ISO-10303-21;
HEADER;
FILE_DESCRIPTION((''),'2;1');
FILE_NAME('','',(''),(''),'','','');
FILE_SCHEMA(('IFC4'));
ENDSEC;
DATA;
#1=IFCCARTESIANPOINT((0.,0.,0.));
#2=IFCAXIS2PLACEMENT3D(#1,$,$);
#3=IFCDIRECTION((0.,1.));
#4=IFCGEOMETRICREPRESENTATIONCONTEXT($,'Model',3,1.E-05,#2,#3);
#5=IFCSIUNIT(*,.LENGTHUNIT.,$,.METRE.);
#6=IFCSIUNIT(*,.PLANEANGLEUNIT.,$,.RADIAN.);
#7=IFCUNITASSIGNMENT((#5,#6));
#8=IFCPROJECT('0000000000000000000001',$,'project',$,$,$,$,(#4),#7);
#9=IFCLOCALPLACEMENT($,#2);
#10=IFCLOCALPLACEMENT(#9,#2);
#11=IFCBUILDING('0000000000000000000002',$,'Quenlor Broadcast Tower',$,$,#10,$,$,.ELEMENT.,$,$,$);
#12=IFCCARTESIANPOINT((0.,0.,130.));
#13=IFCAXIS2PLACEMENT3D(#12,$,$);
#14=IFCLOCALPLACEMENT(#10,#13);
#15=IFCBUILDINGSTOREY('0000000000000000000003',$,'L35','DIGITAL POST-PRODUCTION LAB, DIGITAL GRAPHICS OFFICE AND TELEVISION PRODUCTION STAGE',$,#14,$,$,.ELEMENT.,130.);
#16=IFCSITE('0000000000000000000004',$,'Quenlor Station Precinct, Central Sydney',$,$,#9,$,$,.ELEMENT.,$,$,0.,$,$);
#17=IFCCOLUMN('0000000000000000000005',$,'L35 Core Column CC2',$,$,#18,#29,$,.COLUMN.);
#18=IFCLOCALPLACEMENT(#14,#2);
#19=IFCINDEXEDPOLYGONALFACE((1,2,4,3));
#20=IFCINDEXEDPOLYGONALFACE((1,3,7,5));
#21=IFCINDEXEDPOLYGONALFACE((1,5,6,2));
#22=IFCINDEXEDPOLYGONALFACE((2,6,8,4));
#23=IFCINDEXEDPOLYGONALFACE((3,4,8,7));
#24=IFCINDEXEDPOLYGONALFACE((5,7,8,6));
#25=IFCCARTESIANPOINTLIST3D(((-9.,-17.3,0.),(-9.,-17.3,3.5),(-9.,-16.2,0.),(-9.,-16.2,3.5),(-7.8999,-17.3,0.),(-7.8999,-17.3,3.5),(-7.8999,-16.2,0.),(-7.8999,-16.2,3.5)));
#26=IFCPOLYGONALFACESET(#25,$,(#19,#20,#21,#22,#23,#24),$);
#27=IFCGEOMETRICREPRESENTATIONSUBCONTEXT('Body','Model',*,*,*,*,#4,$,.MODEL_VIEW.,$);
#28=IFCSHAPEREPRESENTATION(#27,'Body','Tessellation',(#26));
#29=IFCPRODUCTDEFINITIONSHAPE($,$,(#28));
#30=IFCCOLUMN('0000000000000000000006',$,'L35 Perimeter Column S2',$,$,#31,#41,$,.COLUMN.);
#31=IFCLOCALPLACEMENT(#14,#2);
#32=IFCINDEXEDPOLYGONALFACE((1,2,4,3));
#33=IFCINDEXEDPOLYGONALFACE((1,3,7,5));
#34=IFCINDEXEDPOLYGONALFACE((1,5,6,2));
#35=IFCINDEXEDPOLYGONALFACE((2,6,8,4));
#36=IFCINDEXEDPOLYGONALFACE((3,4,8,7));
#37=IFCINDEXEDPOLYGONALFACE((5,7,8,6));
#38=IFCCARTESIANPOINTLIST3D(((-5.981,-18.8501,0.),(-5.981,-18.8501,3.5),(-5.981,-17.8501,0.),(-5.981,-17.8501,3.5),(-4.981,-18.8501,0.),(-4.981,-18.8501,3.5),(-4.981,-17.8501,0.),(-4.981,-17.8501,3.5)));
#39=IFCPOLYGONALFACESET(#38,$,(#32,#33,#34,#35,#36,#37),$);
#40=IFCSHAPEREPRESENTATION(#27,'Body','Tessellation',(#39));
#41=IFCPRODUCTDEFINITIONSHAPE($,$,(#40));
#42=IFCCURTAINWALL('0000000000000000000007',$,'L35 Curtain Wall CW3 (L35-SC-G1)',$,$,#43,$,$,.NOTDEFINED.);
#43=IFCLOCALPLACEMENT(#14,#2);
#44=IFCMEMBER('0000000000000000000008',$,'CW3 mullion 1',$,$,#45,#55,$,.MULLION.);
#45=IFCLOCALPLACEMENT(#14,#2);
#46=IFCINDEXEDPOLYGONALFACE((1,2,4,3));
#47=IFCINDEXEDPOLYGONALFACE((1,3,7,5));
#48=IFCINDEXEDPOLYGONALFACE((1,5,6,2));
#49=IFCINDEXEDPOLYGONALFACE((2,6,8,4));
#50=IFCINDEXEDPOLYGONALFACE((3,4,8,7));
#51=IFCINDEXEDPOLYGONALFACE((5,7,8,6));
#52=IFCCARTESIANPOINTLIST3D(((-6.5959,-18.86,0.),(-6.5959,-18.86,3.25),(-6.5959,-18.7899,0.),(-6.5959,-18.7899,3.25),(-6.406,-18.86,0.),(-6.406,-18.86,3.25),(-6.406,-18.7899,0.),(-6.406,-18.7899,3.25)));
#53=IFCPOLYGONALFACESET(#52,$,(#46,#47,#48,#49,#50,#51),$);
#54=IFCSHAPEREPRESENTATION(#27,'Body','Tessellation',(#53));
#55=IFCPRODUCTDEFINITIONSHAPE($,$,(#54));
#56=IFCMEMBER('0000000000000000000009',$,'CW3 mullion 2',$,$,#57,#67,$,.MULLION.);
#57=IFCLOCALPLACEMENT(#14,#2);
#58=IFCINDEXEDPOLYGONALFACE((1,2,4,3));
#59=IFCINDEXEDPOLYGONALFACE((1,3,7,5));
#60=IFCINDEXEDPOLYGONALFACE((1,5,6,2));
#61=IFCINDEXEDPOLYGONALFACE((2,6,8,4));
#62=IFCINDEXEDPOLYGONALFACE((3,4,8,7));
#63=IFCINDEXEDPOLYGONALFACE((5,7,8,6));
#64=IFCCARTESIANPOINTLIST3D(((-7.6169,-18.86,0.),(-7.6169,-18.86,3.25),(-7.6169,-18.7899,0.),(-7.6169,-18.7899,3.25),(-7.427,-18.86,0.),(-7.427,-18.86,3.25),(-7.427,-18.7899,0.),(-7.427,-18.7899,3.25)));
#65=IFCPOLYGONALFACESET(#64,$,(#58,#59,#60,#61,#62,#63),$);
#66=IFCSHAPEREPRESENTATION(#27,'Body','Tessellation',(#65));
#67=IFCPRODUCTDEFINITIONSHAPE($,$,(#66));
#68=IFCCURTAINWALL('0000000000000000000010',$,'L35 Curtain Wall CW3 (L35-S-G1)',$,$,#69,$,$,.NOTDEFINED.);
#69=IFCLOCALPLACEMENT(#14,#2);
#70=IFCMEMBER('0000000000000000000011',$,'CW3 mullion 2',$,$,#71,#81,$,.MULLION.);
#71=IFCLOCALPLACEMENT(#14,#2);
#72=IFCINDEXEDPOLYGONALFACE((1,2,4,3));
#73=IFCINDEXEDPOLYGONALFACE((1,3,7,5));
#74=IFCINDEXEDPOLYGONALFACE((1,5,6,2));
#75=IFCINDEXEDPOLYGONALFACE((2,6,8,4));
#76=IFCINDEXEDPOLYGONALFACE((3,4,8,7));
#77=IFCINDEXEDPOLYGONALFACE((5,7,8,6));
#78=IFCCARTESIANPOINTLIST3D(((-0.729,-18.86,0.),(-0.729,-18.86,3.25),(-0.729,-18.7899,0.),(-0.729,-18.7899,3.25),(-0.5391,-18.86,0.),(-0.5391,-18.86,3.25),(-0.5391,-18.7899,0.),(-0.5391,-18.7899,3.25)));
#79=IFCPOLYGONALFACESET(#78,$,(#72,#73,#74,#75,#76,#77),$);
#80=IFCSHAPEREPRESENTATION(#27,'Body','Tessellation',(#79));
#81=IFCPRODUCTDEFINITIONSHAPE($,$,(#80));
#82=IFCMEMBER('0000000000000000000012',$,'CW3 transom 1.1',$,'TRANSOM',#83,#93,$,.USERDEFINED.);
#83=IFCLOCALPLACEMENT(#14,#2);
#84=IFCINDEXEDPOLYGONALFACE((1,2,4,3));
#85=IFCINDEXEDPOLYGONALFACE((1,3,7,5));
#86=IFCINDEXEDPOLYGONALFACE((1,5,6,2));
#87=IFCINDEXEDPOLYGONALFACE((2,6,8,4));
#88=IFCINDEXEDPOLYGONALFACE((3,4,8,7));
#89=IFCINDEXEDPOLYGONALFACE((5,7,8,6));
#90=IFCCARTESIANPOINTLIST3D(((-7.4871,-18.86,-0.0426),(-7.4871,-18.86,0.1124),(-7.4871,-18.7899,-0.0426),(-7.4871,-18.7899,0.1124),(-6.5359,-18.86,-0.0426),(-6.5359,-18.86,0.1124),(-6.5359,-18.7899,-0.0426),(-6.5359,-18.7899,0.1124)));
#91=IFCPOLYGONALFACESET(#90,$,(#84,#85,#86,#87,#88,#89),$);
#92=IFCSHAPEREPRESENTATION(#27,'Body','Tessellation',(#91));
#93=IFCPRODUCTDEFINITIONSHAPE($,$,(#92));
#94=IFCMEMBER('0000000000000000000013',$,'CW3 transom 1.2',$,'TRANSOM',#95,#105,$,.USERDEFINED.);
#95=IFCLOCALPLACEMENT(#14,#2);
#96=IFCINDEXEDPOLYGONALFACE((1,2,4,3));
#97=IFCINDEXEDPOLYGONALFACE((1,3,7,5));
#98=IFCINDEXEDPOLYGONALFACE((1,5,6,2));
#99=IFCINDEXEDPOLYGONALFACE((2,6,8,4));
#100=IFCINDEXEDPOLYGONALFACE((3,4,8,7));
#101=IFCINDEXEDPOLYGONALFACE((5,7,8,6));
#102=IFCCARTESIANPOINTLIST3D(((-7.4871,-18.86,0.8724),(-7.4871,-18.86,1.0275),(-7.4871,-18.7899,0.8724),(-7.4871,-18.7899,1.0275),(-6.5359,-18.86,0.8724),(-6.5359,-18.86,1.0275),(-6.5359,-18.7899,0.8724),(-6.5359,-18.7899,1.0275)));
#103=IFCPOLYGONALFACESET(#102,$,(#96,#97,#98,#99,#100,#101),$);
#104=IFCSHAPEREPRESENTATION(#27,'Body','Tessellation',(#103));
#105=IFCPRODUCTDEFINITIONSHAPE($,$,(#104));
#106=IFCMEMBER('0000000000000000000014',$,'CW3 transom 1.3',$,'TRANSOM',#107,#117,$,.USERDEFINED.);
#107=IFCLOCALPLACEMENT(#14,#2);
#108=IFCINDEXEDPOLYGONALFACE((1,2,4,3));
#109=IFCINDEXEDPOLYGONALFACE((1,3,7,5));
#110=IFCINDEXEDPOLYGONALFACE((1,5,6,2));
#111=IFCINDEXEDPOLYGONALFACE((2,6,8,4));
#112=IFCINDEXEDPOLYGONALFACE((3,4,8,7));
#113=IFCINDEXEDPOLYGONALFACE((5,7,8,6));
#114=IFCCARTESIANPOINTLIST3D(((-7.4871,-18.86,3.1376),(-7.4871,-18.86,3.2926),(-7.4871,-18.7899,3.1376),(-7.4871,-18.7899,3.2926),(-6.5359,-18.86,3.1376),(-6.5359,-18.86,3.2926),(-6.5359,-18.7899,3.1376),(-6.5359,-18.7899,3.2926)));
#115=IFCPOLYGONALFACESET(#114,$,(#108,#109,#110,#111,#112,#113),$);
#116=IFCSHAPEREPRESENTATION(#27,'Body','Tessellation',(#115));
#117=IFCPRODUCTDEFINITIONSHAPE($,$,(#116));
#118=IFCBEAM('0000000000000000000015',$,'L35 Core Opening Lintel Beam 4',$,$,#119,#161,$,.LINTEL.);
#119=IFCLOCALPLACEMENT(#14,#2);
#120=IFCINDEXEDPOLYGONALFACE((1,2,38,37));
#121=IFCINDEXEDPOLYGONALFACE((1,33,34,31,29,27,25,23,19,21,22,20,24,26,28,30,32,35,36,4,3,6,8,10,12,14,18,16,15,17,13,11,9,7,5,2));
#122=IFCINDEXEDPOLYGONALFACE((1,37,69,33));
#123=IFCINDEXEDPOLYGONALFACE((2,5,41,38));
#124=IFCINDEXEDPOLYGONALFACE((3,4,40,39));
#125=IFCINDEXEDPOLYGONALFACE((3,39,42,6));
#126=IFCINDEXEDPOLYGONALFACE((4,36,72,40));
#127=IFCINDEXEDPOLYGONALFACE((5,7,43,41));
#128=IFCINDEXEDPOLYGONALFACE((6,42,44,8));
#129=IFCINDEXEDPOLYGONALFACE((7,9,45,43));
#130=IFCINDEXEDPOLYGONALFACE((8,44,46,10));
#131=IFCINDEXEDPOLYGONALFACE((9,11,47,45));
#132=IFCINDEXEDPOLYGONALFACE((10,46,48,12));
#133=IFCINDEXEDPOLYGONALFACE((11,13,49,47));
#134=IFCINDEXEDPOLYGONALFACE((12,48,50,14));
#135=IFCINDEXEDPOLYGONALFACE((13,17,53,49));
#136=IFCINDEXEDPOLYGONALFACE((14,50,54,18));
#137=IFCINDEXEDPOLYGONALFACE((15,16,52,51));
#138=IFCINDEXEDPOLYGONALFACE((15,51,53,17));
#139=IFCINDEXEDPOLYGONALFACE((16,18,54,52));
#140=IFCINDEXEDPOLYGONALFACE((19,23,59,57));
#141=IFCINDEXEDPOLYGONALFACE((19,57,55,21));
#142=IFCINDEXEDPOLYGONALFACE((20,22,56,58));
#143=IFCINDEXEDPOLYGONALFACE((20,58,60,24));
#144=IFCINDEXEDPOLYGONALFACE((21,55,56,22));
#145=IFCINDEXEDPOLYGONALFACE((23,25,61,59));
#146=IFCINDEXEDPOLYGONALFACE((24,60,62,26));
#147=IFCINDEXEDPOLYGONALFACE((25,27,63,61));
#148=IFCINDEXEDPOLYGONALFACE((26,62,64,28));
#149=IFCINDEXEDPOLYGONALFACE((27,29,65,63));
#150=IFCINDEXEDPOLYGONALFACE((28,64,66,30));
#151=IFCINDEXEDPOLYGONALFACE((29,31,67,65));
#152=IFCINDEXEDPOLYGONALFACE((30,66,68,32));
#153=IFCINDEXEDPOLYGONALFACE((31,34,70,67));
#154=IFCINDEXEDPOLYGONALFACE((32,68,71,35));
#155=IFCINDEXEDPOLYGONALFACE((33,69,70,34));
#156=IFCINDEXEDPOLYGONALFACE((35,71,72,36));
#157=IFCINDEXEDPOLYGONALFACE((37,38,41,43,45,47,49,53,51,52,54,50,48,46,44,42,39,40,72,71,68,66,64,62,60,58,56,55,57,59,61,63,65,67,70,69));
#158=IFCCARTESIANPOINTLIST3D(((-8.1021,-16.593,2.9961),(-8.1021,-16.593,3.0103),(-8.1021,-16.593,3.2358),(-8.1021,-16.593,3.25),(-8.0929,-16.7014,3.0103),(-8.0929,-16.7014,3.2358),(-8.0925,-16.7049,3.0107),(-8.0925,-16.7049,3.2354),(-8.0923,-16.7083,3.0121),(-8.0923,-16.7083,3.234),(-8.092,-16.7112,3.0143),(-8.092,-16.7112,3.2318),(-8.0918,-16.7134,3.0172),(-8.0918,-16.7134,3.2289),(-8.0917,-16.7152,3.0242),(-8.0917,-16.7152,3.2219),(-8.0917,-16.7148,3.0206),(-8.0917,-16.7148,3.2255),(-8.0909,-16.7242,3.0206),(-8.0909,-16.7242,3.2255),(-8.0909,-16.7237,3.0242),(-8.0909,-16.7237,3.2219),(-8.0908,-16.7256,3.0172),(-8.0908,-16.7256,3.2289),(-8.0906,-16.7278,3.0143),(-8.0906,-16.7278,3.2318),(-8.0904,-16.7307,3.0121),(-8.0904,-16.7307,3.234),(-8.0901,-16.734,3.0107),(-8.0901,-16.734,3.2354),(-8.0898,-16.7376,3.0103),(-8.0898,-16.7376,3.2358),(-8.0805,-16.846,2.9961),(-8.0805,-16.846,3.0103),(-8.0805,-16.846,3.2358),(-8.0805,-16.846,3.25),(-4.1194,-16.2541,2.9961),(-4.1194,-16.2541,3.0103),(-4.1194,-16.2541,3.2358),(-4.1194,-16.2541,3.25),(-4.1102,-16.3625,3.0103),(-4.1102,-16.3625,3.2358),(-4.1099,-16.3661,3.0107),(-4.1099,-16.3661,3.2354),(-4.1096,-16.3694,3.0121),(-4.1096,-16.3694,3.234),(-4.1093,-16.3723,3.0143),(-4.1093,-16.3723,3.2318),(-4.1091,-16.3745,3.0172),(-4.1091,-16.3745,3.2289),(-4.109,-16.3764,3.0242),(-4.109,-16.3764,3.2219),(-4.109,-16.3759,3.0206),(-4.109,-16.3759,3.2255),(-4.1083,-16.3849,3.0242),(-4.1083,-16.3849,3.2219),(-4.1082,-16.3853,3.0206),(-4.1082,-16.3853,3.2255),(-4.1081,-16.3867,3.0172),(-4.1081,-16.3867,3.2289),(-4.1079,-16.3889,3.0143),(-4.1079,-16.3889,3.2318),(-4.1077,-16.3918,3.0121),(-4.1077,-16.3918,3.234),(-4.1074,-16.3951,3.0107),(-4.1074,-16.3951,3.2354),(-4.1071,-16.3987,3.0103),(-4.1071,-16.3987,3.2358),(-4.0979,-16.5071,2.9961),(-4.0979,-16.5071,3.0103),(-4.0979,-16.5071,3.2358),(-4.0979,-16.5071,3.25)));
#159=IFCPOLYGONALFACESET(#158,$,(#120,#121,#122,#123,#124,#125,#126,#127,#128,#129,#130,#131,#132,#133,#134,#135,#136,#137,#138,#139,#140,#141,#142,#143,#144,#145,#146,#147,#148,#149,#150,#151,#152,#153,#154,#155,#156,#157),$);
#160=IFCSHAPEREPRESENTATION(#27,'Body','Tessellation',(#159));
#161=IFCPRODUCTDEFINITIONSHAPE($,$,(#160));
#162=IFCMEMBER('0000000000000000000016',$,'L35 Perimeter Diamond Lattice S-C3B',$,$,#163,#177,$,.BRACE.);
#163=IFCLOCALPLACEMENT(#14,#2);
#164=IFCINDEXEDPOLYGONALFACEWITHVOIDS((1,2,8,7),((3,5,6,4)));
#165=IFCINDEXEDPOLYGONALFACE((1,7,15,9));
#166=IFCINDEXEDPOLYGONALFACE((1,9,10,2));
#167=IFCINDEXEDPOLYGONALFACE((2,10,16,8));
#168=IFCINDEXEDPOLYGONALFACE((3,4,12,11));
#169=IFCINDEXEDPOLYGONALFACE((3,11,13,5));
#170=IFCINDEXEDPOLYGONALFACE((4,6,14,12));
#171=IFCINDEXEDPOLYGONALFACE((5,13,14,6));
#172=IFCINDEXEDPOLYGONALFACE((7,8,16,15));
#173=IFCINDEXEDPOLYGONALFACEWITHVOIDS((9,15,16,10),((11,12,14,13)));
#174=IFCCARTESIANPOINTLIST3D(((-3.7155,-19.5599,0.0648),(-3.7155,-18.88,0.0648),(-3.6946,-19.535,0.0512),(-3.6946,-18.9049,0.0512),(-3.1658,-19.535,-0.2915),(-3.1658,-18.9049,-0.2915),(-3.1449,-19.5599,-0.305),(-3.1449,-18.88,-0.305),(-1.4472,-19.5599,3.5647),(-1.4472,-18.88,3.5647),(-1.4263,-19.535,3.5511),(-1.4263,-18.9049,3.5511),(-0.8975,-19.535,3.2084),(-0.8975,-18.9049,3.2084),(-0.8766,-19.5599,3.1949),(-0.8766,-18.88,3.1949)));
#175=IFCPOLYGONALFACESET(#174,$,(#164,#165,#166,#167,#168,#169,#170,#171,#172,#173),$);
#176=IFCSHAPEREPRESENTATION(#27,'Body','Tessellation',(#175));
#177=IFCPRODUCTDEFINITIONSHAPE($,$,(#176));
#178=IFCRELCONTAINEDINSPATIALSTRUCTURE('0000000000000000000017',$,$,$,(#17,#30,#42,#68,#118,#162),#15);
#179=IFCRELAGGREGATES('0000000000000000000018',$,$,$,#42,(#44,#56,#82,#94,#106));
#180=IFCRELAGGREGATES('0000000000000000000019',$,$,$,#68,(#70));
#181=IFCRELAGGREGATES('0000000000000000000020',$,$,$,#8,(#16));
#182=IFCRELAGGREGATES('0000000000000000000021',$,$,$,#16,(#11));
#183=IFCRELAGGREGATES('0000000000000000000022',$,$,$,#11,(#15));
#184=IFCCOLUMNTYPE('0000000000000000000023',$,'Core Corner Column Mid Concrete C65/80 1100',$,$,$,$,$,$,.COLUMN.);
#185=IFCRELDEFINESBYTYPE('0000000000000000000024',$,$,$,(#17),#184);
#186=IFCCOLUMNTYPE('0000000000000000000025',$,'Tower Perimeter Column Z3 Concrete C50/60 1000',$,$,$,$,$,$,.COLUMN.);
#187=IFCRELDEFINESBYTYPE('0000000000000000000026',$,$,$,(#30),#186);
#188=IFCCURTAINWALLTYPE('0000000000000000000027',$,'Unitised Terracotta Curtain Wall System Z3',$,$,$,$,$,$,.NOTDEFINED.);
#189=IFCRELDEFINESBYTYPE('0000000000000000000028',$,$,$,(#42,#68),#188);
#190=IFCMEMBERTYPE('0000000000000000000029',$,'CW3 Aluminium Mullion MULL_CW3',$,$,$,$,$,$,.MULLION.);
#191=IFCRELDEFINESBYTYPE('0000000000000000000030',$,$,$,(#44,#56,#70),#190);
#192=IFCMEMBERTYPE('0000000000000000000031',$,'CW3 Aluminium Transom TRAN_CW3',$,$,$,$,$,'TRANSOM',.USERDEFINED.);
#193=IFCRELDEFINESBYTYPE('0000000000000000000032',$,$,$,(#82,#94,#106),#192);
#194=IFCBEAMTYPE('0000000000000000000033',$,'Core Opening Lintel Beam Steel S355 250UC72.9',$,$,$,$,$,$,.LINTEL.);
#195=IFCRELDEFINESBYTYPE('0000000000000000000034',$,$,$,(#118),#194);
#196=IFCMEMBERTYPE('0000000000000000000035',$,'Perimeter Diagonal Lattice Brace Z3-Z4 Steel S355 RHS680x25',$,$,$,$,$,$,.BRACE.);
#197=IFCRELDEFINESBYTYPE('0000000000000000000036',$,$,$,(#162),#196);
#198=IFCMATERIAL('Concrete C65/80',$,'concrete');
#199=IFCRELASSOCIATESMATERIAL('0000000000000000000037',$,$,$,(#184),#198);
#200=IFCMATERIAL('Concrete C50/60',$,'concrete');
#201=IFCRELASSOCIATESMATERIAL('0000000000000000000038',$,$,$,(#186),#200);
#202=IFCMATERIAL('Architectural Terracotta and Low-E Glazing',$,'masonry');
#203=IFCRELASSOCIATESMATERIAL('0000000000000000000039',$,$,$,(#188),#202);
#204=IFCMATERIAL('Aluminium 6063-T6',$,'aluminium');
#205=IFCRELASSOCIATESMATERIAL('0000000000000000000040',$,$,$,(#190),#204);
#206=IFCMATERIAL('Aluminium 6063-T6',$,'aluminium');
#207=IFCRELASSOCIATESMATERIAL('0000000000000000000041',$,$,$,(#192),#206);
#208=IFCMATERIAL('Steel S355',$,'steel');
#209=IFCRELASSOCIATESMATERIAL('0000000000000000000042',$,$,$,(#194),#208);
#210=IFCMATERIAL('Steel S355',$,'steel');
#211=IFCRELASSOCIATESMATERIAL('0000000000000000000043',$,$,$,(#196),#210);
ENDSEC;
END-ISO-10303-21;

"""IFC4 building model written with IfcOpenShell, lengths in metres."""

from ifc_helpers import new_model, si_unit, direction, frame, origin, origin_2d, place, context, subcontext, project, spatial, rectangle, hollow_rectangle, i_section, extrude, material, material_profile, profile_set, type_object, element, aggregate, save


model = new_model("IFC4")

# Units and contexts
model_context = context("Model", 3, precision=1e-05, world=origin(), true_north=direction((0.0, 1.0)))
body_context = subcontext(model_context, "Body", "Model", "MODEL_VIEW")
ifc_project = project(units=[si_unit("LENGTHUNIT", "METRE"), si_unit("PLANEANGLEUNIT", "RADIAN")], contexts=[model_context])

# Site, building, storey
site_placement = place(None, origin())
site = spatial("IfcSite", under=ifc_project, at=site_placement, Name="Quenlor Station Precinct, Central Sydney", CompositionType="ELEMENT", RefElevation=0.0)
building_placement = place(site_placement, origin())
building = spatial("IfcBuilding", under=site, at=building_placement, Name="Quenlor Broadcast Tower", CompositionType="ELEMENT")
storey_placement = place(building_placement, frame((0.0, 0.0, 130.0)))
storey = spatial("IfcBuildingStorey", under=building, at=storey_placement, Name="L35", Description="DIGITAL POST-PRODUCTION LAB, DIGITAL GRAPHICS OFFICE AND TELEVISION PRODUCTION STAGE", CompositionType="ELEMENT", Elevation=130.0)

# Columns
ifc_material_1 = material(Name="Concrete C65/80", Category="concrete")
ifc_material_profile_1 = material_profile(ifc_material_1, rectangle(XDim=1.1001, YDim=1.1001, at=origin_2d()))
ifc_profile_set_1 = profile_set([ifc_material_profile_1], Name="Concrete C65/80 RC1100x1100")
column_type_1 = type_object("IfcColumnType", Name="Core Corner Column Mid Concrete C65/80 1100", PredefinedType="COLUMN", material=ifc_profile_set_1)
column_1_placement = place(storey_placement, frame((-8.45, -16.75, 0.0), z_axis=(0.0, 0.0, 1.0), x_axis=(1.0, 0.0, 0.0)))
element("IfcColumn", 1, at=column_1_placement, inside=storey, type_object=column_type_1, Name="L35 Core Column CC2", PredefinedType="COLUMN", context=body_context, shape_type="SweptSolid", body=[
    extrude(rectangle(XDim=1.1001, YDim=1.1001, at=origin_2d()), origin(), (0.0, 0.0, 1.0), 3.5),
])
ifc_material_2 = material(Name="Concrete C50/60", Category="concrete")
ifc_material_profile_2 = material_profile(ifc_material_2, rectangle(XDim=1.0, YDim=1.0, at=origin_2d()))
ifc_profile_set_2 = profile_set([ifc_material_profile_2], Name="Concrete C50/60 RC1000x1000")
column_type_2 = type_object("IfcColumnType", Name="Tower Perimeter Column Z3 Concrete C50/60 1000", PredefinedType="COLUMN", material=ifc_profile_set_2)
column_2_placement = place(storey_placement, frame((-5.481, -18.3501, 0.0), z_axis=(0.0, 0.0, 1.0), x_axis=(0.0, 1.0, 0.0)))
element("IfcColumn", 2, at=column_2_placement, inside=storey, type_object=column_type_2, Name="L35 Perimeter Column S2", PredefinedType="COLUMN", context=body_context, shape_type="SweptSolid", body=[
    extrude(rectangle(XDim=1.0, YDim=1.0, at=origin_2d()), origin(), (0.0, 0.0, 1.0), 3.5),
])

# Curtain wall, members
ifc_material_3 = material(Name="Architectural Terracotta and Low-E Glazing", Category="masonry")
curtain_wall_type = type_object("IfcCurtainWallType", Name="Unitised Terracotta Curtain Wall System Z3", PredefinedType="NOTDEFINED", material=ifc_material_3)
curtain_wall_1_placement = place(storey_placement, origin())
curtain_wall_1 = element("IfcCurtainWall", 3, at=curtain_wall_1_placement, inside=storey, type_object=curtain_wall_type, Name="L35 Curtain Wall CW3 (L35-SC-G1)", PredefinedType="NOTDEFINED")
ifc_material_4 = material(Name="Aluminium 6063-T6", Category="aluminium")
ifc_material_profile_3 = material_profile(ifc_material_4, rectangle(XDim=0.0701, YDim=0.1899, at=origin_2d()))
ifc_profile_set_3 = profile_set([ifc_material_profile_3], Name="Aluminium 6063-T6 MULL70x190")
member_type_1 = type_object("IfcMemberType", Name="CW3 Aluminium Mullion MULL_CW3", PredefinedType="MULLION", material=ifc_profile_set_3)
member_1_placement = place(storey_placement, frame((-6.501, -18.825, 0.0), z_axis=(0.0, 0.0, 1.0), x_axis=(0.0, -1.0, 0.0)))
member_1 = element("IfcMember", 4, at=member_1_placement, type_object=member_type_1, Name="CW3 mullion 1", PredefinedType="MULLION", context=body_context, shape_type="SweptSolid", body=[
    extrude(rectangle(XDim=0.0701, YDim=0.1899, at=origin_2d()), origin(), (0.0, 0.0, 1.0), 3.25),
])
member_2_placement = place(storey_placement, frame((-7.522, -18.825, 0.0), z_axis=(0.0, 0.0, 1.0), x_axis=(0.0, -1.0, 0.0)))
member_2 = element("IfcMember", 5, at=member_2_placement, type_object=member_type_1, Name="CW3 mullion 2", PredefinedType="MULLION", context=body_context, shape_type="SweptSolid", body=[
    extrude(rectangle(XDim=0.0701, YDim=0.1899, at=origin_2d()), origin(), (0.0, 0.0, 1.0), 3.25),
])

# Curtain wall, member
curtain_wall_2_placement = place(storey_placement, origin())
curtain_wall_2 = element("IfcCurtainWall", 6, at=curtain_wall_2_placement, inside=storey, type_object=curtain_wall_type, Name="L35 Curtain Wall CW3 (L35-S-G1)", PredefinedType="NOTDEFINED")
member_3_placement = place(storey_placement, frame((-0.634, -18.825, 0.0), z_axis=(0.0, 0.0, 1.0), x_axis=(0.0, -1.0, 0.0)))
member_3 = element("IfcMember", 7, at=member_3_placement, type_object=member_type_1, Name="CW3 mullion 2", PredefinedType="MULLION", context=body_context, shape_type="SweptSolid", body=[
    extrude(rectangle(XDim=0.0701, YDim=0.1899, at=origin_2d()), origin(), (0.0, 0.0, 1.0), 3.25),
])

# Members
ifc_material_5 = material(Name="Aluminium 6063-T6", Category="aluminium")
ifc_material_profile_4 = material_profile(ifc_material_5, rectangle(XDim=0.0701, YDim=0.155, at=origin_2d()))
ifc_profile_set_4 = profile_set([ifc_material_profile_4], Name="Aluminium 6063-T6 TRAN70x155")
member_type_2 = type_object("IfcMemberType", Name="CW3 Aluminium Transom TRAN_CW3", ElementType="TRANSOM", PredefinedType="USERDEFINED", material=ifc_profile_set_4)
member_4_placement = place(storey_placement, frame((-6.5359, -18.825, 0.0349), z_axis=(-1.0, 0.0, 0.0), x_axis=(0.0, -1.0, 0.0)))
member_4 = element("IfcMember", 8, at=member_4_placement, type_object=member_type_2, Name="CW3 transom 1.1", ObjectType="TRANSOM", PredefinedType="USERDEFINED", context=body_context, shape_type="SweptSolid", body=[
    extrude(rectangle(XDim=0.0701, YDim=0.155, at=origin_2d()), origin(), (0.0, 0.0, 1.0), 0.9512),
])
member_5_placement = place(storey_placement, frame((-6.5359, -18.825, 0.95), z_axis=(-1.0, 0.0, 0.0), x_axis=(0.0, -1.0, 0.0)))
member_5 = element("IfcMember", 9, at=member_5_placement, type_object=member_type_2, Name="CW3 transom 1.2", ObjectType="TRANSOM", PredefinedType="USERDEFINED", context=body_context, shape_type="SweptSolid", body=[
    extrude(rectangle(XDim=0.0701, YDim=0.155, at=origin_2d()), origin(), (0.0, 0.0, 1.0), 0.9512),
])
member_6_placement = place(storey_placement, frame((-6.5359, -18.825, 3.2151), z_axis=(-1.0, 0.0, 0.0), x_axis=(0.0, -1.0, 0.0)))
member_6 = element("IfcMember", 10, at=member_6_placement, type_object=member_type_2, Name="CW3 transom 1.3", ObjectType="TRANSOM", PredefinedType="USERDEFINED", context=body_context, shape_type="SweptSolid", body=[
    extrude(rectangle(XDim=0.0701, YDim=0.155, at=origin_2d()), origin(), (0.0, 0.0, 1.0), 0.9512),
])

# Beam
ifc_material_6 = material(Name="Steel S355", Category="steel")
ifc_material_profile_5 = material_profile(ifc_material_6, i_section(OverallWidth=0.2539, OverallDepth=0.2539, WebThickness=0.0085, FlangeThickness=0.0142, FilletRadius=0.0139, at=origin_2d()))
ifc_profile_set_5 = profile_set([ifc_material_profile_5], Name="Steel S355 250UC72.9")
beam_type_1 = type_object("IfcBeamType", Name="Core Opening Lintel Beam Steel S355 250UC72.9", PredefinedType="LINTEL", material=ifc_profile_set_5)
beam_1_placement = place(storey_placement, frame((-8.0913, -16.7195, 3.123), z_axis=(0.9964, 0.084779, 0.0), x_axis=(-0.084779, 0.9964, 0.0)))
element("IfcBeam", 11, at=beam_1_placement, inside=storey, type_object=beam_type_1, Name="L35 Core Opening Lintel Beam 4", PredefinedType="LINTEL", context=body_context, shape_type="SweptSolid", body=[
    extrude(i_section(OverallWidth=0.2539, OverallDepth=0.2539, WebThickness=0.0085, FlangeThickness=0.0142, FilletRadius=0.0139, at=origin_2d()), origin(), (0.0, 0.0, 1.0), 3.9971),
])

# Member
ifc_material_7 = material(Name="Steel S355", Category="steel")
ifc_material_profile_6 = material_profile(ifc_material_7, hollow_rectangle(XDim=0.6799, YDim=0.6799, WallThickness=0.0249, at=origin_2d()))
ifc_profile_set_6 = profile_set([ifc_material_profile_6], Name="Steel S355 RHS680x680x25")
member_type_3 = type_object("IfcMemberType", Name="Perimeter Diagonal Lattice Brace Z3-Z4 Steel S355 RHS680x25", PredefinedType="BRACE", material=ifc_profile_set_6)
member_7_placement = place(storey_placement, frame((-3.4302, -19.22, -0.1201), z_axis=(0.54386, 0.0, 0.839176), x_axis=(0.0, 1.0, 0.0)))
element("IfcMember", 12, at=member_7_placement, inside=storey, type_object=member_type_3, Name="L35 Perimeter Diamond Lattice S-C3B", PredefinedType="BRACE", context=body_context, shape_type="SweptSolid", body=[
    extrude(hollow_rectangle(XDim=0.6799, YDim=0.6799, WallThickness=0.0249, at=origin_2d()), origin(), (0.0, 0.0, 1.0), 4.1707),
])

aggregate(curtain_wall_1, [member_1, member_2, member_4, member_5, member_6])
aggregate(curtain_wall_2, [member_3])

save(model, "model.ifc")
